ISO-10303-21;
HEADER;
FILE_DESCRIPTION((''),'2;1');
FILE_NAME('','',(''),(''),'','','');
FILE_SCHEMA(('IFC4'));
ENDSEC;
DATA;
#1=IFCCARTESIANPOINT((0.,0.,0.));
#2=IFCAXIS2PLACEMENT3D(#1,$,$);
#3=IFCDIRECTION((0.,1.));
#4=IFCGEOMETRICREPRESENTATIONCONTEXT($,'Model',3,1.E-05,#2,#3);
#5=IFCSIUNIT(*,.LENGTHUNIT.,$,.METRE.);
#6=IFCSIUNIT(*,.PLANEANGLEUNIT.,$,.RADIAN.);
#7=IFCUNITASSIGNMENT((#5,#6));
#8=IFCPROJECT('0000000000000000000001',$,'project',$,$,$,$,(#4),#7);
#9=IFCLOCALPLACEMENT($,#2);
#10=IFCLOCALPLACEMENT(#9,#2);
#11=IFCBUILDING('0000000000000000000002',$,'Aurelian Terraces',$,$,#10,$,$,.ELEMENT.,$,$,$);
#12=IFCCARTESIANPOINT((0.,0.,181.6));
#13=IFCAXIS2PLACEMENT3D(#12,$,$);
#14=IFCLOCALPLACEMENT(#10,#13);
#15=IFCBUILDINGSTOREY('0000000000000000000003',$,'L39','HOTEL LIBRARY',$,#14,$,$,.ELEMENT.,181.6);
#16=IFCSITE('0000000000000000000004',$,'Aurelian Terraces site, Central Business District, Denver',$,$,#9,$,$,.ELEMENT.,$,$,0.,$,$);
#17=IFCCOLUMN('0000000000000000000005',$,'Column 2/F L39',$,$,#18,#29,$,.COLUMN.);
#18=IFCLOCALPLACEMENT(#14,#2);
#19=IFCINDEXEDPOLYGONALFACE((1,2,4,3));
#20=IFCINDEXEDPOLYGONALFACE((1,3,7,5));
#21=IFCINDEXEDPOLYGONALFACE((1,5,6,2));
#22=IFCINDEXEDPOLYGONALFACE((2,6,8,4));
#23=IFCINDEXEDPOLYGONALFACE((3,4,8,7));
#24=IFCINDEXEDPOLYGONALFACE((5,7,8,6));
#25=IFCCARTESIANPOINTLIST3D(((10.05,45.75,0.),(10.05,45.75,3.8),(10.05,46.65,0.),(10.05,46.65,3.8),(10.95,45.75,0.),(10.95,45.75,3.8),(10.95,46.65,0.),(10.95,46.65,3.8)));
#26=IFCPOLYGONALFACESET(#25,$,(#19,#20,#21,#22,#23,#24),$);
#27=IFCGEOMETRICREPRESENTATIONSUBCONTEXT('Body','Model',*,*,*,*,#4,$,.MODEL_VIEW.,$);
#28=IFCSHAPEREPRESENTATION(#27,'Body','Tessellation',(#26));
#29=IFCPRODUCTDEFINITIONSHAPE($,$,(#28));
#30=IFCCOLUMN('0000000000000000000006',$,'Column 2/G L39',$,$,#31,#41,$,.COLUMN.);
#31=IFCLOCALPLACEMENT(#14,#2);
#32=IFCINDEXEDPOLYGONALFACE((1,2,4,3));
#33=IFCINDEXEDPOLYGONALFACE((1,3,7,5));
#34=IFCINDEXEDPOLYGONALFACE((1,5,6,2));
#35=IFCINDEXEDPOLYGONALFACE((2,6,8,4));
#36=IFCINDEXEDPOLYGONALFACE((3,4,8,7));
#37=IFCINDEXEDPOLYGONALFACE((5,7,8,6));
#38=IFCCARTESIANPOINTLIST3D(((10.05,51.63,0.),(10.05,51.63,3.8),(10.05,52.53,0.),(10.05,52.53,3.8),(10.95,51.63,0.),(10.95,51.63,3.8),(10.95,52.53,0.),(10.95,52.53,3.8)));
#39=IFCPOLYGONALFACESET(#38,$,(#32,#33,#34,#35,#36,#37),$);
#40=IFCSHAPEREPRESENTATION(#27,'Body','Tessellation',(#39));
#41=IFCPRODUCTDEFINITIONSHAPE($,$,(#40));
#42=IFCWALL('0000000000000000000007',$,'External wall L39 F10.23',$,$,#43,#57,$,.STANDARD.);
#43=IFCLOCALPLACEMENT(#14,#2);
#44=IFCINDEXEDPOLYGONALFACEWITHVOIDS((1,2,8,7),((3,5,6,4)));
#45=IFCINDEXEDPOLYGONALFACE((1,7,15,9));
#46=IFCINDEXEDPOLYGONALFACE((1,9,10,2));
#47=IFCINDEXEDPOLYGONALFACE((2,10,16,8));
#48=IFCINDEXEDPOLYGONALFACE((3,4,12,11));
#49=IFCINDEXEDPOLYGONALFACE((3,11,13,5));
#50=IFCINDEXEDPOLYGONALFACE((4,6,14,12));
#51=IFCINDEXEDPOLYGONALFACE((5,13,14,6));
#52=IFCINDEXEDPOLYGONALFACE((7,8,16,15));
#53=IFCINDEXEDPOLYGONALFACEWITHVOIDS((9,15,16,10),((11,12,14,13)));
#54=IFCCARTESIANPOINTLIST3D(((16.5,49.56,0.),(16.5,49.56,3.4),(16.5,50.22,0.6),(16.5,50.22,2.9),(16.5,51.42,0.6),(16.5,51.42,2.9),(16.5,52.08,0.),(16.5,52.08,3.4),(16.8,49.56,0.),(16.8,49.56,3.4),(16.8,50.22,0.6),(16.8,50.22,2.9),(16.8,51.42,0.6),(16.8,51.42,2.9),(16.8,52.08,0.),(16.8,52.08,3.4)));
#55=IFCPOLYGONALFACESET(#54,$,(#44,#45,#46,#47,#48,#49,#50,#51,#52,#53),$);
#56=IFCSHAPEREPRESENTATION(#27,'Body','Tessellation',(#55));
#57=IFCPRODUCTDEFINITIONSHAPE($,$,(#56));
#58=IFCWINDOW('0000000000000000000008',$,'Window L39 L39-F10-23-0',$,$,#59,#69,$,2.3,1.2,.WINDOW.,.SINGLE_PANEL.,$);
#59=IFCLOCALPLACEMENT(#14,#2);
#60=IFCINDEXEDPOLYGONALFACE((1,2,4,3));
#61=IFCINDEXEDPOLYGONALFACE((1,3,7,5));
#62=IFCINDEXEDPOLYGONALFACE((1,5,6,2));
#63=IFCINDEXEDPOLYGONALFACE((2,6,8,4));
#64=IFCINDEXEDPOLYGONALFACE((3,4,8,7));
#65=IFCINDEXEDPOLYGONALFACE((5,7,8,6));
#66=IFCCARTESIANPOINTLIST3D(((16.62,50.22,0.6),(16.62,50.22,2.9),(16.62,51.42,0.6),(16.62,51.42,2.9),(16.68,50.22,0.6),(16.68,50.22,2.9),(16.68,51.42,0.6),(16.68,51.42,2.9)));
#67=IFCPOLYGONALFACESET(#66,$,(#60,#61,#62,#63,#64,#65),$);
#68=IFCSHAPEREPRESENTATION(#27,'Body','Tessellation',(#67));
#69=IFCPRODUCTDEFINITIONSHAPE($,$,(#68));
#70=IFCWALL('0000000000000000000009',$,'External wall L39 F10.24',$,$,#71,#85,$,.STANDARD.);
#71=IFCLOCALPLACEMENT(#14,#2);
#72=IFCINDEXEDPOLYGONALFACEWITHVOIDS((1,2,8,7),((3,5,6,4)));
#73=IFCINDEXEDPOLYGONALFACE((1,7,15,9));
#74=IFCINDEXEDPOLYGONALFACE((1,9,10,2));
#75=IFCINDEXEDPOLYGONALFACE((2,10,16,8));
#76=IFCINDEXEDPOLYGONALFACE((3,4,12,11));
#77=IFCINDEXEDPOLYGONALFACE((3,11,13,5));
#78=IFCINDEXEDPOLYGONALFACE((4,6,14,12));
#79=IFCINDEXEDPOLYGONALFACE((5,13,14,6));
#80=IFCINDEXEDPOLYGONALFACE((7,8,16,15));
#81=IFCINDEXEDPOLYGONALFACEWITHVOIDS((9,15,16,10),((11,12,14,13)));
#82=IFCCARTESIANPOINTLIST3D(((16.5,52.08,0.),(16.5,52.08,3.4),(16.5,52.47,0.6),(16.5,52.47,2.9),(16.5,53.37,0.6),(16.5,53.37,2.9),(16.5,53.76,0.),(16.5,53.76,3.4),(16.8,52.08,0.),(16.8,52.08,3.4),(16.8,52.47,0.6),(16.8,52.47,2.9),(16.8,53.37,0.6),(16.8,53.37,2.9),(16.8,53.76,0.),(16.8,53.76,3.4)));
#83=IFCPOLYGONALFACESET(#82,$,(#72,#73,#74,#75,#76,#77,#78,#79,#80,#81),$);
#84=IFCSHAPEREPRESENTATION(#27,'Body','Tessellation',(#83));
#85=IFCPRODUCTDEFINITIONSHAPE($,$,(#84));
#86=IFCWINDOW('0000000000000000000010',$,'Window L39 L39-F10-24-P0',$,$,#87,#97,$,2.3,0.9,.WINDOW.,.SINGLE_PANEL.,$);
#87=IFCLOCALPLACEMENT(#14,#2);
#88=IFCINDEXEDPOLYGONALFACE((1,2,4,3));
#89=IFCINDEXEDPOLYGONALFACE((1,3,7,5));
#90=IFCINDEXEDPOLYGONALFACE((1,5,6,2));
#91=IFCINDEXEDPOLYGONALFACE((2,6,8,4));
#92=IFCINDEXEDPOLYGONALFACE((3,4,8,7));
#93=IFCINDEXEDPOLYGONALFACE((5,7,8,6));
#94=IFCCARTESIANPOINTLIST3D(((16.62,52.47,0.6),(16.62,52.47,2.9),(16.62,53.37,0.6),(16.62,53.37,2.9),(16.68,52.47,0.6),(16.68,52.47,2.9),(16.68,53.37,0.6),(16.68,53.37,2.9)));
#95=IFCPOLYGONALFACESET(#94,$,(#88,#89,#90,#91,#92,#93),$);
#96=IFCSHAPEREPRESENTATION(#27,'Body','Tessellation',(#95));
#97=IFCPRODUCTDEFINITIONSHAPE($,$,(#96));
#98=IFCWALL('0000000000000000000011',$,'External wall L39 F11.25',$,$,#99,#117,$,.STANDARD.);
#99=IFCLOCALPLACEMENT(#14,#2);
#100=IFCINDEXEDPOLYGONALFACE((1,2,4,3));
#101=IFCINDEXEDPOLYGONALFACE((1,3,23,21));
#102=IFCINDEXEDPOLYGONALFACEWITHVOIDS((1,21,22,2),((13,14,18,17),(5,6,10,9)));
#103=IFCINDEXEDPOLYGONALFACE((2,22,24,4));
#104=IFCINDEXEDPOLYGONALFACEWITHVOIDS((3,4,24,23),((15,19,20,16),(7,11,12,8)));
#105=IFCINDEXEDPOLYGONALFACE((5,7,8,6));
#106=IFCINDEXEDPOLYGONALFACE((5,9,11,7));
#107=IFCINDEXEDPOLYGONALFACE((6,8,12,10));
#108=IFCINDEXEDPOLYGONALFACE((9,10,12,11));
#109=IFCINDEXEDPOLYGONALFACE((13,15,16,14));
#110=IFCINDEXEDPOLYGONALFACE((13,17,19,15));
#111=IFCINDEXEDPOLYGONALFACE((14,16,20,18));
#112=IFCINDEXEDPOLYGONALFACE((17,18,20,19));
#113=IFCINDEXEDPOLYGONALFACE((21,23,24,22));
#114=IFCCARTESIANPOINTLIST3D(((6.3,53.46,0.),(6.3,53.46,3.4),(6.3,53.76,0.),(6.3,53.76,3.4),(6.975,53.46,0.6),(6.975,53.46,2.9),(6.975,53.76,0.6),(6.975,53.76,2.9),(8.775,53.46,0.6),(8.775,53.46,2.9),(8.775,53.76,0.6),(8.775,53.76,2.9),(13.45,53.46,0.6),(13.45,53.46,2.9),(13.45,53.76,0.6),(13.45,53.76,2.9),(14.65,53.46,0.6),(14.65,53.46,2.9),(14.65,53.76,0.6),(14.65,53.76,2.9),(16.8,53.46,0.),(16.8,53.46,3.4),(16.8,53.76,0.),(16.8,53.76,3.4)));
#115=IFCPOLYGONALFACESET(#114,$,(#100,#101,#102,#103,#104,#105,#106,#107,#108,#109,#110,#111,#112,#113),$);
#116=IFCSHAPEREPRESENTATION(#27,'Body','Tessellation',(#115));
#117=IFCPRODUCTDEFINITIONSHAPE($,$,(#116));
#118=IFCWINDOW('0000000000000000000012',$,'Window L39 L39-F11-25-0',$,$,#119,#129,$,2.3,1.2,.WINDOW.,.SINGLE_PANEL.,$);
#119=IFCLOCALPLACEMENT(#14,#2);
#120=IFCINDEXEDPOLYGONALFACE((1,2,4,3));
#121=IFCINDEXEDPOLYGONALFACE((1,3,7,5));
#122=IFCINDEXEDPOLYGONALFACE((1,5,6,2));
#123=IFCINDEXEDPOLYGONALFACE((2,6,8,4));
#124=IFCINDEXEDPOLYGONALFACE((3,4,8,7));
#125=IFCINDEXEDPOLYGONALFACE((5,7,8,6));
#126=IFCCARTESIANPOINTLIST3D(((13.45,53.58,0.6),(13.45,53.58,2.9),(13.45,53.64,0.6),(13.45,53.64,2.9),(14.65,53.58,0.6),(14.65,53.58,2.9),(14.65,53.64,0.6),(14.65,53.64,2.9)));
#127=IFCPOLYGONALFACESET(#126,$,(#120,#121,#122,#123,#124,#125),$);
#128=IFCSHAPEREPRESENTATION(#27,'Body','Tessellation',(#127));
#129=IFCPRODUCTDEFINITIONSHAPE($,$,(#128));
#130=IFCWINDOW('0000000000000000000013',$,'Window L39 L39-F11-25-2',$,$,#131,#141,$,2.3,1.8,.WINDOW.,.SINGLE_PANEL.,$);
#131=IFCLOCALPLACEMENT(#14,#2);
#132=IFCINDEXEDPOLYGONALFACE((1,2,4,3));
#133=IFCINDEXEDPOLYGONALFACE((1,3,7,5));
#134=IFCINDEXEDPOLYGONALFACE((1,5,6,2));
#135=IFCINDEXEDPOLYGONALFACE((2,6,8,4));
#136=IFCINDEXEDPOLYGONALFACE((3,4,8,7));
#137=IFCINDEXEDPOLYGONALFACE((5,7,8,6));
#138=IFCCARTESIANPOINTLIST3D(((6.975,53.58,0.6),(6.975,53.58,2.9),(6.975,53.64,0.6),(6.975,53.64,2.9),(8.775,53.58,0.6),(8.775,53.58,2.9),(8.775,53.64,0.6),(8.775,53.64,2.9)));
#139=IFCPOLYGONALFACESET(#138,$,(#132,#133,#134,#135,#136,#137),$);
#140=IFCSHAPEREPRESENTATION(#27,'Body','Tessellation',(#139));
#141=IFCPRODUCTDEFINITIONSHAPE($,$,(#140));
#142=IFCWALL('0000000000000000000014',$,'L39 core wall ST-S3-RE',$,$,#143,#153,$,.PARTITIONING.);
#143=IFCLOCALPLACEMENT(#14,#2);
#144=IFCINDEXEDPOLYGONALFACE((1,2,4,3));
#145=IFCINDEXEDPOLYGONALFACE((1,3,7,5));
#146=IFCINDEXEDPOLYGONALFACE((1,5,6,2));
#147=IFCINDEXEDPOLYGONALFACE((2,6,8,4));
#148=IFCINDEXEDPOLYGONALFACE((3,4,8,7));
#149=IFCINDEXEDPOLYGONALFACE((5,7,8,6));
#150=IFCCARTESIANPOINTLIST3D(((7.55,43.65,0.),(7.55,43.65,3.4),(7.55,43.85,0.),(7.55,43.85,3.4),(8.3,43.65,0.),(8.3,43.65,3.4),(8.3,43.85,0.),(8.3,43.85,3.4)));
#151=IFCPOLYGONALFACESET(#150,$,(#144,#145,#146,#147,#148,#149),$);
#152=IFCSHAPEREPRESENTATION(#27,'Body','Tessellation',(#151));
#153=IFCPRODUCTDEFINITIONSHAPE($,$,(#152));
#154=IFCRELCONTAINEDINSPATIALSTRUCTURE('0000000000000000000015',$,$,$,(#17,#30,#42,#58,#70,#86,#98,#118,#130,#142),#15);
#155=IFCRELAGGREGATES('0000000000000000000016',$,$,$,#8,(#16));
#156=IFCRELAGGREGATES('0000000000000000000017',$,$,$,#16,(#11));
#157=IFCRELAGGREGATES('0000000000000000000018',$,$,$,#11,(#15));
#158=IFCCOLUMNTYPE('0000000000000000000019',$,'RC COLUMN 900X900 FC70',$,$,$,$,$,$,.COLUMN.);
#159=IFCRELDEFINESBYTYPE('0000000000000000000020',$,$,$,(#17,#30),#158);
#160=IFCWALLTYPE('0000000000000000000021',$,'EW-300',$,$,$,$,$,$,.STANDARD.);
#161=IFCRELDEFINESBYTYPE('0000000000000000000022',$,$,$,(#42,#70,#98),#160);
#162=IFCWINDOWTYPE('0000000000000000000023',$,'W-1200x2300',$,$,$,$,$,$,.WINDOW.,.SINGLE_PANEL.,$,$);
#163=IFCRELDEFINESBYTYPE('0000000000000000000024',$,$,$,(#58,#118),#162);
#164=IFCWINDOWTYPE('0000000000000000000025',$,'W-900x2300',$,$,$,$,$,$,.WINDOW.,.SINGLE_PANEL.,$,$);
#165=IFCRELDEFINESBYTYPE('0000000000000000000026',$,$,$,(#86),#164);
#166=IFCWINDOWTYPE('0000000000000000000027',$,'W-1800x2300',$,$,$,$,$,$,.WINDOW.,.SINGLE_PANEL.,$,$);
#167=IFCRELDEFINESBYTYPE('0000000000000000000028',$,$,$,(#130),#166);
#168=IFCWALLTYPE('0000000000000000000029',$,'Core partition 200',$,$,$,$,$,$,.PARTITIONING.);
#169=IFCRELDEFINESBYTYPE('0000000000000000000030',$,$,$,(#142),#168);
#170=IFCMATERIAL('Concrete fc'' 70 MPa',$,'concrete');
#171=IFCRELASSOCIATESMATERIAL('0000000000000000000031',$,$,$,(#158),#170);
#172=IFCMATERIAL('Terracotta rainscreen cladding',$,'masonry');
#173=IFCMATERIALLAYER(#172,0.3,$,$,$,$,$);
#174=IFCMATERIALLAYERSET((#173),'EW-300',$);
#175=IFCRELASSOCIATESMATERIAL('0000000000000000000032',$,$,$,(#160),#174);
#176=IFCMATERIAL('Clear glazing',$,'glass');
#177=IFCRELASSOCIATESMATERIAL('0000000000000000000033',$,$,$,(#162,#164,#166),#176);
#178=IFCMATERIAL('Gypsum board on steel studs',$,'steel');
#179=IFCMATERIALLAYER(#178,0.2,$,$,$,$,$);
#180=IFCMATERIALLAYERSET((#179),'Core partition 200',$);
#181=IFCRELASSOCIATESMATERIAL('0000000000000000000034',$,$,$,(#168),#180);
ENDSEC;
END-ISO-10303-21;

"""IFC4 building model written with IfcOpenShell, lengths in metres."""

from ifc_helpers import new_model, si_unit, direction, frame, frame_2d, origin, origin_2d, place, context, subcontext, project, spatial, rectangle, extrude, source, transform, mapped, material, layer, layer_set, material_profile, profile_set, type_object, element, fill, save


model = new_model("IFC4")

# Units and contexts
model_context = context("Model", 3, precision=1e-05, world=origin(), true_north=direction((0.0, 1.0)))
body_context = subcontext(model_context, "Body", "Model", "MODEL_VIEW")
ifc_project = project(units=[si_unit("LENGTHUNIT", "METRE"), si_unit("PLANEANGLEUNIT", "RADIAN")], contexts=[model_context])

# Site, building, storey
site_placement = place(None, origin())
site = spatial("IfcSite", under=ifc_project, at=site_placement, Name="Aurelian Terraces site, Central Business District, Denver", CompositionType="ELEMENT", RefElevation=0.0)
building_placement = place(site_placement, origin())
building = spatial("IfcBuilding", under=site, at=building_placement, Name="Aurelian Terraces", CompositionType="ELEMENT")
storey_placement = place(building_placement, frame((0.0, 0.0, 181.6)))
storey = spatial("IfcBuildingStorey", under=building, at=storey_placement, Name="L39", Description="HOTEL LIBRARY", CompositionType="ELEMENT", Elevation=181.6)

# Columns
ifc_material_1 = material(Name="Concrete fc' 70 MPa", Category="concrete")
ifc_material_profile = material_profile(ifc_material_1, rectangle(XDim=0.9, YDim=0.9, at=origin_2d()))
ifc_profile_set = profile_set([ifc_material_profile], Name="Concrete fc' 70 MPa")
column_type = type_object("IfcColumnType", Name="RC COLUMN 900X900 FC70", PredefinedType="COLUMN", material=ifc_profile_set)
shared_shape_1 = source(origin(), body_context, "Body", "SweptSolid", [
    extrude(rectangle(XDim=0.9, YDim=0.9, at=origin_2d()), origin(), (0.0, 0.0, 1.0), 3.8),
])
for number, where, z_axis, x_axis, name in (
    (1, (10.5, 46.2, 0.0), (0.0, 0.0, 1.0), (1.0, 0.0, 0.0), "Column 2/F L39"),
    (2, (10.5, 52.08, 0.0), (0.0, 0.0, 1.0), (1.0, 0.0, 0.0), "Column 2/G L39"),
):
    element("IfcColumn", number, at=place(storey_placement, frame(where, z_axis=z_axis, x_axis=x_axis)), inside=storey, type_object=column_type, Name=name, PredefinedType="COLUMN", context=body_context, shape_type="MappedRepresentation", body=[
        mapped(shared_shape_1, transform((0.0, 0.0, 0.0), scale=1.0)),
    ])

# Walls, openings, windows
ifc_material_2 = material(Name="Terracotta rainscreen cladding", Category="masonry")
ifc_layer_1 = layer(ifc_material_2, 0.3)
ifc_layer_set_1 = layer_set([ifc_layer_1], Name="EW-300")
wall_type_1 = type_object("IfcWallType", Name="EW-300", PredefinedType="STANDARD", material=ifc_layer_set_1)
shared_shape_2 = source(origin(), body_context, "Body", "SweptSolid", [
    extrude(rectangle(XDim=2.52, YDim=0.3, at=frame_2d((1.26, 0.0))), origin(), (0.0, 0.0, 1.0), 3.4),
])
wall_1_placement = place(storey_placement, frame((16.65, 49.56, 0.0), z_axis=(0.0, 0.0, 1.0), x_axis=(0.0, 1.0, 0.0)))
wall_1 = element("IfcWall", 3, at=wall_1_placement, inside=storey, type_object=wall_type_1, Name="External wall L39 F10.23", PredefinedType="STANDARD", context=body_context, shape_type="MappedRepresentation", body=[
    mapped(shared_shape_2, transform((0.0, 0.0, 0.0), scale=1.0)),
])
shared_shape_3 = source(origin(), body_context, "Body", "SweptSolid", [
    extrude(rectangle(XDim=1.2, YDim=2.3, at=frame_2d((0.6, 1.15))), frame((0.0, 0.16, 0.0), z_axis=(0.0, -1.0, 0.0), x_axis=(1.0, 0.0, 0.0)), (0.0, 0.0, 1.0), 0.32),
])
opening_1_placement = place(wall_1_placement, frame((0.66, 0.0, 0.6)))
opening_1 = element("IfcOpeningElement", 4, at=opening_1_placement, cuts=wall_1, PredefinedType="OPENING", context=body_context, shape_type="MappedRepresentation", body=[
    mapped(shared_shape_3, transform((0.0, 0.0, 0.0), scale=1.0)),
])
ifc_material_3 = material(Name="Clear glazing", Category="glass")
window_type_1 = type_object("IfcWindowType", Name="W-1200x2300", PartitioningType="SINGLE_PANEL", PredefinedType="WINDOW", material=ifc_material_3)
shared_shape_4 = source(origin(), body_context, "Body", "SweptSolid", [
    extrude(rectangle(XDim=1.2, YDim=2.3, at=frame_2d((0.6, 1.15))), frame((0.0, 0.03, 0.0), z_axis=(0.0, -1.0, 0.0), x_axis=(1.0, 0.0, 0.0)), (0.0, 0.0, 1.0), 0.06),
])
window_1_placement = place(opening_1_placement, origin())
window_1 = element("IfcWindow", 5, at=window_1_placement, inside=storey, type_object=window_type_1, Name="Window L39 L39-F10-23-0", OverallHeight=2.3, OverallWidth=1.2, PartitioningType="SINGLE_PANEL", PredefinedType="WINDOW", context=body_context, shape_type="MappedRepresentation", body=[
    mapped(shared_shape_4, transform((0.0, 0.0, 0.0), scale=1.0)),
])
fill(opening_1, window_1)
shared_shape_5 = source(origin(), body_context, "Body", "SweptSolid", [
    extrude(rectangle(XDim=1.68, YDim=0.3, at=frame_2d((0.84, 0.0))), origin(), (0.0, 0.0, 1.0), 3.4),
])
wall_2_placement = place(storey_placement, frame((16.65, 52.08, 0.0), z_axis=(0.0, 0.0, 1.0), x_axis=(0.0, 1.0, 0.0)))
wall_2 = element("IfcWall", 6, at=wall_2_placement, inside=storey, type_object=wall_type_1, Name="External wall L39 F10.24", PredefinedType="STANDARD", context=body_context, shape_type="MappedRepresentation", body=[
    mapped(shared_shape_5, transform((0.0, 0.0, 0.0), scale=1.0)),
])
shared_shape_6 = source(origin(), body_context, "Body", "SweptSolid", [
    extrude(rectangle(XDim=0.9, YDim=2.3, at=frame_2d((0.45, 1.15))), frame((0.0, 0.16, 0.0), z_axis=(0.0, -1.0, 0.0), x_axis=(1.0, 0.0, 0.0)), (0.0, 0.0, 1.0), 0.32),
])
opening_2_placement = place(wall_2_placement, frame((0.39, 0.0, 0.6)))
opening_2 = element("IfcOpeningElement", 7, at=opening_2_placement, cuts=wall_2, PredefinedType="OPENING", context=body_context, shape_type="MappedRepresentation", body=[
    mapped(shared_shape_6, transform((0.0, 0.0, 0.0), scale=1.0)),
])
window_type_2 = type_object("IfcWindowType", Name="W-900x2300", PartitioningType="SINGLE_PANEL", PredefinedType="WINDOW", material=ifc_material_3)
shared_shape_7 = source(origin(), body_context, "Body", "SweptSolid", [
    extrude(rectangle(XDim=0.9, YDim=2.3, at=frame_2d((0.45, 1.15))), frame((0.0, 0.03, 0.0), z_axis=(0.0, -1.0, 0.0), x_axis=(1.0, 0.0, 0.0)), (0.0, 0.0, 1.0), 0.06),
])
window_2_placement = place(opening_2_placement, origin())
window_2 = element("IfcWindow", 8, at=window_2_placement, inside=storey, type_object=window_type_2, Name="Window L39 L39-F10-24-P0", OverallHeight=2.3, OverallWidth=0.9, PartitioningType="SINGLE_PANEL", PredefinedType="WINDOW", context=body_context, shape_type="MappedRepresentation", body=[
    mapped(shared_shape_7, transform((0.0, 0.0, 0.0), scale=1.0)),
])
fill(opening_2, window_2)

# Wall, openings, windows
shared_shape_8 = source(origin(), body_context, "Body", "SweptSolid", [
    extrude(rectangle(XDim=10.5, YDim=0.3, at=frame_2d((5.25, 0.0))), origin(), (0.0, 0.0, 1.0), 3.4),
])
wall_3_placement = place(storey_placement, frame((16.8, 53.61, 0.0), z_axis=(0.0, 0.0, 1.0), x_axis=(-1.0, 0.0, 0.0)))
wall_3 = element("IfcWall", 9, at=wall_3_placement, inside=storey, type_object=wall_type_1, Name="External wall L39 F11.25", PredefinedType="STANDARD", context=body_context, shape_type="MappedRepresentation", body=[
    mapped(shared_shape_8, transform((0.0, 0.0, 0.0), scale=1.0)),
])
opening_3_placement = place(wall_3_placement, frame((2.15, 0.0, 0.6)))
opening_3 = element("IfcOpeningElement", 10, at=opening_3_placement, cuts=wall_3, PredefinedType="OPENING", context=body_context, shape_type="MappedRepresentation", body=[
    mapped(shared_shape_3, transform((0.0, 0.0, 0.0), scale=1.0)),
])
shared_shape_9 = source(origin(), body_context, "Body", "SweptSolid", [
    extrude(rectangle(XDim=1.8, YDim=2.3, at=frame_2d((0.9, 1.15))), frame((0.0, 0.16, 0.0), z_axis=(0.0, -1.0, 0.0), x_axis=(1.0, 0.0, 0.0)), (0.0, 0.0, 1.0), 0.32),
])
opening_4_placement = place(wall_3_placement, frame((8.025, 0.0, 0.6)))
opening_4 = element("IfcOpeningElement", 11, at=opening_4_placement, cuts=wall_3, PredefinedType="OPENING", context=body_context, shape_type="MappedRepresentation", body=[
    mapped(shared_shape_9, transform((0.0, 0.0, 0.0), scale=1.0)),
])
window_3_placement = place(opening_3_placement, origin())
window_3 = element("IfcWindow", 12, at=window_3_placement, inside=storey, type_object=window_type_1, Name="Window L39 L39-F11-25-0", OverallHeight=2.3, OverallWidth=1.2, PartitioningType="SINGLE_PANEL", PredefinedType="WINDOW", context=body_context, shape_type="MappedRepresentation", body=[
    mapped(shared_shape_4, transform((0.0, 0.0, 0.0), scale=1.0)),
])
fill(opening_3, window_3)
window_type_3 = type_object("IfcWindowType", Name="W-1800x2300", PartitioningType="SINGLE_PANEL", PredefinedType="WINDOW", material=ifc_material_3)
shared_shape_10 = source(origin(), body_context, "Body", "SweptSolid", [
    extrude(rectangle(XDim=1.8, YDim=2.3, at=frame_2d((0.9, 1.15))), frame((0.0, 0.03, 0.0), z_axis=(0.0, -1.0, 0.0), x_axis=(1.0, 0.0, 0.0)), (0.0, 0.0, 1.0), 0.06),
])
window_4_placement = place(opening_4_placement, origin())
window_4 = element("IfcWindow", 13, at=window_4_placement, inside=storey, type_object=window_type_3, Name="Window L39 L39-F11-25-2", OverallHeight=2.3, OverallWidth=1.8, PartitioningType="SINGLE_PANEL", PredefinedType="WINDOW", context=body_context, shape_type="MappedRepresentation", body=[
    mapped(shared_shape_10, transform((0.0, 0.0, 0.0), scale=1.0)),
])
fill(opening_4, window_4)

# Wall
ifc_material_4 = material(Name="Gypsum board on steel studs", Category="steel")
ifc_layer_2 = layer(ifc_material_4, 0.2)
ifc_layer_set_2 = layer_set([ifc_layer_2], Name="Core partition 200")
wall_type_2 = type_object("IfcWallType", Name="Core partition 200", PredefinedType="PARTITIONING", material=ifc_layer_set_2)
shared_shape_11 = source(origin(), body_context, "Body", "SweptSolid", [
    extrude(rectangle(XDim=0.75, YDim=0.2, at=frame_2d((0.375, 0.0))), origin(), (0.0, 0.0, 1.0), 3.4),
])
wall_4_placement = place(storey_placement, frame((7.55, 43.75, 0.0), z_axis=(0.0, 0.0, 1.0), x_axis=(1.0, 0.0, 0.0)))
element("IfcWall", 14, at=wall_4_placement, inside=storey, type_object=wall_type_2, Name="L39 core wall ST-S3-RE", PredefinedType="PARTITIONING", context=body_context, shape_type="MappedRepresentation", body=[
    mapped(shared_shape_11, transform((0.0, 0.0, 0.0), scale=1.0)),
])

save(model, "model.ifc")
